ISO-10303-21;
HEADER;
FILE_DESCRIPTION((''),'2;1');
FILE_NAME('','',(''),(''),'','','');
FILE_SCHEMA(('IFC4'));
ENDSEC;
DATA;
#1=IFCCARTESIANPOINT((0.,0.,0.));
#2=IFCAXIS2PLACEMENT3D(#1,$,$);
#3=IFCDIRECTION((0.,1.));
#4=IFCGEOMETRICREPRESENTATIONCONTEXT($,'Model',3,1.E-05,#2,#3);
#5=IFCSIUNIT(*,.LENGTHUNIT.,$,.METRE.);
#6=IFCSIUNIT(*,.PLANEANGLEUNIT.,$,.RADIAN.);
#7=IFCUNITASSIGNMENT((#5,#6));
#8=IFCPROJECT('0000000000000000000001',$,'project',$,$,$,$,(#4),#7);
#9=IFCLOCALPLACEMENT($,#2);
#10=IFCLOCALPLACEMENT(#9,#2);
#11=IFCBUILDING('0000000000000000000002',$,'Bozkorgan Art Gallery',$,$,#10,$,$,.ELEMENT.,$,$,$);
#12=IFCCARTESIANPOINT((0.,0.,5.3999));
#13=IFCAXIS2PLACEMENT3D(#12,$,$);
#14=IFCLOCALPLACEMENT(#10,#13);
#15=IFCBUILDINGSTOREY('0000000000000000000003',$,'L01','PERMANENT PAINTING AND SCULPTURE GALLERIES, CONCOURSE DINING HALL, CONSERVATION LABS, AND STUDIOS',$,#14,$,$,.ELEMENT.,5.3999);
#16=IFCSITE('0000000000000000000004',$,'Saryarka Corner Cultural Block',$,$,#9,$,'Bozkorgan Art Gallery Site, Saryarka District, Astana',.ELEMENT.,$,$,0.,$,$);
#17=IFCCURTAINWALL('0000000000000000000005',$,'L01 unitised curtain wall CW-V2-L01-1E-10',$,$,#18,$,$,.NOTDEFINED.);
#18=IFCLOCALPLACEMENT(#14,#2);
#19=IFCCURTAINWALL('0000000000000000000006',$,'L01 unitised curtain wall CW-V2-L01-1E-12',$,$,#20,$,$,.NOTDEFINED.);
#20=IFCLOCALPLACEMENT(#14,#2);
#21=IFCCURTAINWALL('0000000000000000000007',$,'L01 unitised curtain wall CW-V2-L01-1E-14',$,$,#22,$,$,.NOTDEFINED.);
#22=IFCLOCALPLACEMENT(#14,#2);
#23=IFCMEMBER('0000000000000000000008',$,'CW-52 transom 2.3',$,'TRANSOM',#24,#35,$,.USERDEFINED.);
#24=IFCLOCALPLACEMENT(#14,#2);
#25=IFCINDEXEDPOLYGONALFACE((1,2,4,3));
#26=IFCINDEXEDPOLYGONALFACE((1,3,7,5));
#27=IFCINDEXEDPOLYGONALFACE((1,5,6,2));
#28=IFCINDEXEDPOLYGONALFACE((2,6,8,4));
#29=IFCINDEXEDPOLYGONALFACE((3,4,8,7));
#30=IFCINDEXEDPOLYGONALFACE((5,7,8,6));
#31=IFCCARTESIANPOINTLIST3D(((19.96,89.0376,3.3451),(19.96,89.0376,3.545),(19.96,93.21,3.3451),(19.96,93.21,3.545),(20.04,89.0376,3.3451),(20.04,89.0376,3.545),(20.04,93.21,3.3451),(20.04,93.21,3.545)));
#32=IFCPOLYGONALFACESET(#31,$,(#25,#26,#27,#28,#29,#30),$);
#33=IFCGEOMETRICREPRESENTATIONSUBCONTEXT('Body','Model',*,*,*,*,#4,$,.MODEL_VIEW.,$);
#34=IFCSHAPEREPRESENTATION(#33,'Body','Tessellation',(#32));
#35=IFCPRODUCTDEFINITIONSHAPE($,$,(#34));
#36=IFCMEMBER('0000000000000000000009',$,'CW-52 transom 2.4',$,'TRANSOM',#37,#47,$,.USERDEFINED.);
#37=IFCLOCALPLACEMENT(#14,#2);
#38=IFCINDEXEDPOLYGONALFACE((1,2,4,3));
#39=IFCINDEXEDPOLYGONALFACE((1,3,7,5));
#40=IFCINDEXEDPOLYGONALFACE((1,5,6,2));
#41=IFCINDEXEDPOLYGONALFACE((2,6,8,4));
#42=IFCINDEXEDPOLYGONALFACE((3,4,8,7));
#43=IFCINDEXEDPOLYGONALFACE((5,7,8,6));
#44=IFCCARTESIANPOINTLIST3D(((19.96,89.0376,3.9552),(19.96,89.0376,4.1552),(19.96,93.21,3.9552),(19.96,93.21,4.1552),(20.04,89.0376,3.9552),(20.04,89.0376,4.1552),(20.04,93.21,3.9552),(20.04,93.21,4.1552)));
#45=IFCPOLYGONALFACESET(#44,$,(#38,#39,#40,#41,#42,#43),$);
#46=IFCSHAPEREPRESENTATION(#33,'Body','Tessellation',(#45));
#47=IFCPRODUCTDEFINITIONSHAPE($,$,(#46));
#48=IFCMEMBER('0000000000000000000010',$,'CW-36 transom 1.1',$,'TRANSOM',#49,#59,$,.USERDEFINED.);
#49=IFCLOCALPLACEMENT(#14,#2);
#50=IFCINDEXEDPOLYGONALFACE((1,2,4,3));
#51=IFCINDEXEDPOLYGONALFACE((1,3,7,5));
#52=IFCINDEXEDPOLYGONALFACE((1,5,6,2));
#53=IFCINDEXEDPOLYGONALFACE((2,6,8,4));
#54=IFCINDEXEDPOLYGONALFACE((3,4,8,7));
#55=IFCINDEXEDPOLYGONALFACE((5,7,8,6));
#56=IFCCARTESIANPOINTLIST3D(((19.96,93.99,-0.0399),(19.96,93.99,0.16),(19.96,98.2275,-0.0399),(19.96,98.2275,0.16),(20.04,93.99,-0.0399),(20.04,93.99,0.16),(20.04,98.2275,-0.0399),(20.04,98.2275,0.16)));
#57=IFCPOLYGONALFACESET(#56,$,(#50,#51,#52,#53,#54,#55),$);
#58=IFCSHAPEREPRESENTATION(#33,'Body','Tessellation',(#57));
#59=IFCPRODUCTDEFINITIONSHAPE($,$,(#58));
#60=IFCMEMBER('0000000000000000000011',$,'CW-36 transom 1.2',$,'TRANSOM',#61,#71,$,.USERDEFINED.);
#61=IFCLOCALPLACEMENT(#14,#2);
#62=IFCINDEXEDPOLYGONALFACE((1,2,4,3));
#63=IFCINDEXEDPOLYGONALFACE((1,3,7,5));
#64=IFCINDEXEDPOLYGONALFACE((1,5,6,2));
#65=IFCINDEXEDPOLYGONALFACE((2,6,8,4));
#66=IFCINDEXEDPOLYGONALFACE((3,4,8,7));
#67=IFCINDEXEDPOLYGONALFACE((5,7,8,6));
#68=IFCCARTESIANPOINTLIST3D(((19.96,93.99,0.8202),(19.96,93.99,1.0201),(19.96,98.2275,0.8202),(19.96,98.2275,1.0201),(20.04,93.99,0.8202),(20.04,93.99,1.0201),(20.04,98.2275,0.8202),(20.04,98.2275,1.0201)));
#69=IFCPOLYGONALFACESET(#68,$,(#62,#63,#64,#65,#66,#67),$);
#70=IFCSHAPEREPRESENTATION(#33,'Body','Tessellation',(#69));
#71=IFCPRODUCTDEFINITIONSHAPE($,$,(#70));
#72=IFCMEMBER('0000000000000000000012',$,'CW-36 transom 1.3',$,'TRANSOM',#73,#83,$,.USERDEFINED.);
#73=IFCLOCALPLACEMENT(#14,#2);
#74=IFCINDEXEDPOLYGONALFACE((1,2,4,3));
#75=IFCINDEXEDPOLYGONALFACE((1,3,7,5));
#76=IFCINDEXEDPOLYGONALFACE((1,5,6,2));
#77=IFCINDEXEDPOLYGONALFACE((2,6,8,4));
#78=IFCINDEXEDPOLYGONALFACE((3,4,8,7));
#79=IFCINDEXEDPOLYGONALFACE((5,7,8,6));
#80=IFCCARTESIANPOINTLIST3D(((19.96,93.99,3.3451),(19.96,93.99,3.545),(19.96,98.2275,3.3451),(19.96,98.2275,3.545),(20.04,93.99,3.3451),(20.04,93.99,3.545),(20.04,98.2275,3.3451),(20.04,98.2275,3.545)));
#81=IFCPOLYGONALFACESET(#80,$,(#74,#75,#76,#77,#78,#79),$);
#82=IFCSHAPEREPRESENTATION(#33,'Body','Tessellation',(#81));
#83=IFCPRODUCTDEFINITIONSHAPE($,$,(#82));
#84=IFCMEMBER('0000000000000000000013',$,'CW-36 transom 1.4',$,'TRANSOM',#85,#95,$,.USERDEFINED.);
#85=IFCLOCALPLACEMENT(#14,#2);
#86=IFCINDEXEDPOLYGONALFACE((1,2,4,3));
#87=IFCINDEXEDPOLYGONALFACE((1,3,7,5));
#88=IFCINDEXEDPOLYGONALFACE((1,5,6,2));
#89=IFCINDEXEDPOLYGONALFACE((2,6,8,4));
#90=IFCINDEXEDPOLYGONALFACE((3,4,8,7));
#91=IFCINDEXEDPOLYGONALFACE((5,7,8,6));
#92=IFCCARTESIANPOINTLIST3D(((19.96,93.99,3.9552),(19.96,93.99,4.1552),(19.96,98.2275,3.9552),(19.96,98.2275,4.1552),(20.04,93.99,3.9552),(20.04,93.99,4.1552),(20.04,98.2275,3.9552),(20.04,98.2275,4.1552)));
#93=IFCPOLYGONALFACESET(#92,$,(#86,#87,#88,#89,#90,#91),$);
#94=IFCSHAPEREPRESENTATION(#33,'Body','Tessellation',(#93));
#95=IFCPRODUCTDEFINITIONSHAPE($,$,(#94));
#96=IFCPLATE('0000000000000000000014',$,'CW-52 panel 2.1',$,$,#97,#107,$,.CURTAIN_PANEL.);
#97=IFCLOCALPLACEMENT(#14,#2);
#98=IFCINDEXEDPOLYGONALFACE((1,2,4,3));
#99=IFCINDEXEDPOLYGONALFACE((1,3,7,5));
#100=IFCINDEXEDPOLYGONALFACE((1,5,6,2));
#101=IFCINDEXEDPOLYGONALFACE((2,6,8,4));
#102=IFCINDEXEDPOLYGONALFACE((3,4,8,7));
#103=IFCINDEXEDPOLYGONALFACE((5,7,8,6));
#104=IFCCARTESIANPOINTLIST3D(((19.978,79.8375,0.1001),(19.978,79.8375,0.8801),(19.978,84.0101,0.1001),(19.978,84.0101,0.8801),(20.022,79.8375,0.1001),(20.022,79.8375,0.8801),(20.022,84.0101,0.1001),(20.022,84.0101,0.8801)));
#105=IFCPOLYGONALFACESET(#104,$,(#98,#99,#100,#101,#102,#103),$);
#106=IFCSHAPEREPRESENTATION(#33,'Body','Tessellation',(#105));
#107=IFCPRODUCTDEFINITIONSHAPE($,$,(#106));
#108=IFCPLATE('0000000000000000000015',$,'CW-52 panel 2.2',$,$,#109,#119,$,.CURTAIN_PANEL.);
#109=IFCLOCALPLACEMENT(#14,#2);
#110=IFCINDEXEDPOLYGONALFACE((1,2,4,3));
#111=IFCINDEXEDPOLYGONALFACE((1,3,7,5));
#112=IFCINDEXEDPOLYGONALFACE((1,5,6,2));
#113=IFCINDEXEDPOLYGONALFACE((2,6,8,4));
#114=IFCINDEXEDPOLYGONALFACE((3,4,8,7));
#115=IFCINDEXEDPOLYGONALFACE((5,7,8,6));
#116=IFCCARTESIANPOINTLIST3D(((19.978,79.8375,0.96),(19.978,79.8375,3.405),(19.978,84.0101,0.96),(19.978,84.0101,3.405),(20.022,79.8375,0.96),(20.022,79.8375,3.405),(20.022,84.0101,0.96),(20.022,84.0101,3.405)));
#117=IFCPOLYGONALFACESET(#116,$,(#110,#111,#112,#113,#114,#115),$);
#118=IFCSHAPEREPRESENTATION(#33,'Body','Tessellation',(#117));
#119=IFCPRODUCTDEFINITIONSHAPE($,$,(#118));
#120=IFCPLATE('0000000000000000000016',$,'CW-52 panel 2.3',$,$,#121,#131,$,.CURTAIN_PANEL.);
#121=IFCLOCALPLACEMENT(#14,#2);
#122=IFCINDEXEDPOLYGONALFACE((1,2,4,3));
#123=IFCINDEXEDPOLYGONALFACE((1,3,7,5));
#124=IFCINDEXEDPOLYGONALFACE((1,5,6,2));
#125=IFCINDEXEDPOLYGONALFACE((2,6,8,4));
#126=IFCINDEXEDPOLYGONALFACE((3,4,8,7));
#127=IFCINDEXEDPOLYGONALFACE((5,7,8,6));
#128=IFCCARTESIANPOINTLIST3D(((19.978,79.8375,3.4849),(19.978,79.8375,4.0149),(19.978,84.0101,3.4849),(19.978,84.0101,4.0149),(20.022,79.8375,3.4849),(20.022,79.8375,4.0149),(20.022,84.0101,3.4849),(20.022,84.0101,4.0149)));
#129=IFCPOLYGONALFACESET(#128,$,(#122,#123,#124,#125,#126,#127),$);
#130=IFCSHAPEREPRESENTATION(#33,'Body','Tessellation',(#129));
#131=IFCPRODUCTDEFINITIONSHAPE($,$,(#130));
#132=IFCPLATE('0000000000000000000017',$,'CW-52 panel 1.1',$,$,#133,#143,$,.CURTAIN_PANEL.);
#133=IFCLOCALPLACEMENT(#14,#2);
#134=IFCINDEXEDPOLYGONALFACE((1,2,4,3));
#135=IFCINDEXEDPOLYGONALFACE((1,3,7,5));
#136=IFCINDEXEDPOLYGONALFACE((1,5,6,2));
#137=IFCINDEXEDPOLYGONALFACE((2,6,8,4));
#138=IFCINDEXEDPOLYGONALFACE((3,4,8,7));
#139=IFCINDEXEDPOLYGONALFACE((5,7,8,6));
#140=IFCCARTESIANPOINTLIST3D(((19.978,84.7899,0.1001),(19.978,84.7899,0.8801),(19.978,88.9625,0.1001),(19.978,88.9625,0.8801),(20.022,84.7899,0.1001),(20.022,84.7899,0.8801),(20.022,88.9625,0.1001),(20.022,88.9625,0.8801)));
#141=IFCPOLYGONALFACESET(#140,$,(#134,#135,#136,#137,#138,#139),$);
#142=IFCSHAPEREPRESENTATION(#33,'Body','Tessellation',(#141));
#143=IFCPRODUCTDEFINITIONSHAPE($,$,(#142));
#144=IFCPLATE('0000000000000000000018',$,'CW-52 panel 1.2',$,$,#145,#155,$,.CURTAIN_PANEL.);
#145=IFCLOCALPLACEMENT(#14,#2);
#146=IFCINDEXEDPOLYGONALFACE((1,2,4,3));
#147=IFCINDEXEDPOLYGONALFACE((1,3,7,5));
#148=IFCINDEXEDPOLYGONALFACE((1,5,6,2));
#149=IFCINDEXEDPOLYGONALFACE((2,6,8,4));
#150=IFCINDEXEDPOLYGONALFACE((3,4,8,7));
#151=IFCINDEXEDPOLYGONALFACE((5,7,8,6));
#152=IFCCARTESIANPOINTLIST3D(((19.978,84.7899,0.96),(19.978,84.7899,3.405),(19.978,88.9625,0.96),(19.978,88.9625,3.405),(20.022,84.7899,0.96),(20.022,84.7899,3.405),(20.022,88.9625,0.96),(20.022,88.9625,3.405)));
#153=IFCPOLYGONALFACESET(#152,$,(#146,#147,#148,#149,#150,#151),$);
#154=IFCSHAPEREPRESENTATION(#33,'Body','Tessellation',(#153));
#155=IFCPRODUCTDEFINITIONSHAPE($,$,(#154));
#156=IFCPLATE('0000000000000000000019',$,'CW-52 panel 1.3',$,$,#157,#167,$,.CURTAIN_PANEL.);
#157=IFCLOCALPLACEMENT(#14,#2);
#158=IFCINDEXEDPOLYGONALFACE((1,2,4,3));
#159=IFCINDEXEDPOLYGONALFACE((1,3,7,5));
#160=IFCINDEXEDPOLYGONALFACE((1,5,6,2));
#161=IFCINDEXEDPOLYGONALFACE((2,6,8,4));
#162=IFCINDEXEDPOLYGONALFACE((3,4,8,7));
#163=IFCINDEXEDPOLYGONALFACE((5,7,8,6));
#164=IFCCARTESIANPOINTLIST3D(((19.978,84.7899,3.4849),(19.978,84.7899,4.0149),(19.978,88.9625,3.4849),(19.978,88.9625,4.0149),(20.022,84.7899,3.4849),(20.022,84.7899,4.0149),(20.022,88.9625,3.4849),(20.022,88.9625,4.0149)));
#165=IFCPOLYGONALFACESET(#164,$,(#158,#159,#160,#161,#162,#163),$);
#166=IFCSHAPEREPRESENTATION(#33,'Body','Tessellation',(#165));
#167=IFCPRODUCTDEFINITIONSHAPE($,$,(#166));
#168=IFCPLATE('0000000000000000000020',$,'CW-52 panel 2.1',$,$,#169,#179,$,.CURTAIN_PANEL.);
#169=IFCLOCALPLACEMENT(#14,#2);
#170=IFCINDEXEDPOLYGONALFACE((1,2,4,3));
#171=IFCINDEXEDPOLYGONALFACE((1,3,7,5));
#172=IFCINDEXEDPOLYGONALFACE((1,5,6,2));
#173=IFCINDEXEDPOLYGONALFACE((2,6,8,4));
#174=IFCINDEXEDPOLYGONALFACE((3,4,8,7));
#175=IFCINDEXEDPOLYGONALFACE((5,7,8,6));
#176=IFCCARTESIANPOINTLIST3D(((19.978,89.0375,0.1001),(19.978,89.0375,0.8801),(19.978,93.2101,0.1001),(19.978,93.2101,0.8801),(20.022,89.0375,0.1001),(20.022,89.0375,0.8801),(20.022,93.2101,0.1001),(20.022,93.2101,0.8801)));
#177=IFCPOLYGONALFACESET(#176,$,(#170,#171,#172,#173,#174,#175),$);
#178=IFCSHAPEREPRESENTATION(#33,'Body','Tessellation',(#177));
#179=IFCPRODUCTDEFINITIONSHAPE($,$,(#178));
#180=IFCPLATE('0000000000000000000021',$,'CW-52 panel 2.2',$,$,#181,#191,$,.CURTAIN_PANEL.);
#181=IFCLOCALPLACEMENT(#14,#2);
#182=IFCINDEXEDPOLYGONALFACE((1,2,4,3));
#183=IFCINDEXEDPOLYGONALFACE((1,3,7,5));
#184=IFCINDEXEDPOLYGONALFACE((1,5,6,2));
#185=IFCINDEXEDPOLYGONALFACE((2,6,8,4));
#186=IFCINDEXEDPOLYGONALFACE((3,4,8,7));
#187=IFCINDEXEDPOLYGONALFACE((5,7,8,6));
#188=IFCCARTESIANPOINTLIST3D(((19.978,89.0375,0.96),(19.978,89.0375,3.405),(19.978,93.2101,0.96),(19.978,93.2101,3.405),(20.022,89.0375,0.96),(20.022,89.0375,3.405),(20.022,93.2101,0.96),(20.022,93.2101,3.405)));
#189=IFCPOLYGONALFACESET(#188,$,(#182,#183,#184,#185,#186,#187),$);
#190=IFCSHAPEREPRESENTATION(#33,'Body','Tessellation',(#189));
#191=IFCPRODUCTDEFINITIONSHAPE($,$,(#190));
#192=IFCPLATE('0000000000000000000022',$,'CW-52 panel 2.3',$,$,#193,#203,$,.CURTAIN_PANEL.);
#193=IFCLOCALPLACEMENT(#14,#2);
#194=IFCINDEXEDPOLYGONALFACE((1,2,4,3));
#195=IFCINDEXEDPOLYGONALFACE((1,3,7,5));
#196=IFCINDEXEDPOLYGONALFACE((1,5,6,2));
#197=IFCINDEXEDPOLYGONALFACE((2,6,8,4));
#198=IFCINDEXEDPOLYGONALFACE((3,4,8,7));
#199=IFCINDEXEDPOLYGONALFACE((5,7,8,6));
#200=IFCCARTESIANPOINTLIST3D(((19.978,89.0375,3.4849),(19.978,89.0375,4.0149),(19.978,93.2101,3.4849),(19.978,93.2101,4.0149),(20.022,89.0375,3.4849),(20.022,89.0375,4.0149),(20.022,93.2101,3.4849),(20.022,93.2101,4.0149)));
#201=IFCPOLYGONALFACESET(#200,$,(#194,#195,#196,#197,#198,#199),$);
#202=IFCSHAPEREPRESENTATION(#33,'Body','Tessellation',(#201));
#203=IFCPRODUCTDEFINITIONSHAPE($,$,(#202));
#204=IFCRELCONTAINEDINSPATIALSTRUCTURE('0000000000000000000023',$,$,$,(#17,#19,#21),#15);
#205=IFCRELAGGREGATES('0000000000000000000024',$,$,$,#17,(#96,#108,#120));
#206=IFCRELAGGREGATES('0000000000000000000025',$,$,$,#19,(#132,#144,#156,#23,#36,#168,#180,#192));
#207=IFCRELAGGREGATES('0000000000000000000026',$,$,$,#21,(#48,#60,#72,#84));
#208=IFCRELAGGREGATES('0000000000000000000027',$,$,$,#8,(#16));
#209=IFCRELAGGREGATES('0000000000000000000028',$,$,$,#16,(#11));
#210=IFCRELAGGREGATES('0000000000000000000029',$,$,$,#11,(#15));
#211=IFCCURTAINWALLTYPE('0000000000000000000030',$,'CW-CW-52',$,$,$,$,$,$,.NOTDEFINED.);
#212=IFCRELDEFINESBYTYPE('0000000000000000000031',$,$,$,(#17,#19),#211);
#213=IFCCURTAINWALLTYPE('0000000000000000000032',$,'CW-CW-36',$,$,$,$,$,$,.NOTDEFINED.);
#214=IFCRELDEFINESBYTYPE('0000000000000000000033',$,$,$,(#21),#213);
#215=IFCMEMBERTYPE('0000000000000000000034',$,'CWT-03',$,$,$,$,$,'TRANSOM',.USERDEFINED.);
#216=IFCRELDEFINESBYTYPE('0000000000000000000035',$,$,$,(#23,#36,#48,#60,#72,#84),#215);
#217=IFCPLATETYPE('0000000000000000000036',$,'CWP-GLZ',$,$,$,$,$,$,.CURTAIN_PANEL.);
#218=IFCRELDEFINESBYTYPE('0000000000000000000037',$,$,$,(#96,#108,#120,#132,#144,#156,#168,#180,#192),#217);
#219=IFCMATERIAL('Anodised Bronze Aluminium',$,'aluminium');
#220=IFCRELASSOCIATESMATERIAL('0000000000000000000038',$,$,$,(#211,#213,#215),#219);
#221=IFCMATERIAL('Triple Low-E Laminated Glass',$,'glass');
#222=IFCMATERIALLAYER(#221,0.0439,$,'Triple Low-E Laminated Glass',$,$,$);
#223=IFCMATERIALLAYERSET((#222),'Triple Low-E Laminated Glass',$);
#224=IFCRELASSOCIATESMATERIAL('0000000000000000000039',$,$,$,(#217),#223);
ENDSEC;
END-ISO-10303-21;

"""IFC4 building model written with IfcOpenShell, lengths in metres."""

from ifc_helpers import new_model, si_unit, direction, frame, origin, origin_2d, place, context, subcontext, project, spatial, rectangle, extrude, material, layer, layer_set, material_profile, profile_set, type_object, element, aggregate, save


model = new_model("IFC4")

# Units and contexts
model_context = context("Model", 3, precision=1e-05, world=origin(), true_north=direction((0.0, 1.0)))
body_context = subcontext(model_context, "Body", "Model", "MODEL_VIEW")
ifc_project = project(units=[si_unit("LENGTHUNIT", "METRE"), si_unit("PLANEANGLEUNIT", "RADIAN")], contexts=[model_context])

# Site, building, storey
site_placement = place(None, origin())
site = spatial("IfcSite", under=ifc_project, at=site_placement, Name="Saryarka Corner Cultural Block", LongName="Bozkorgan Art Gallery Site, Saryarka District, Astana", CompositionType="ELEMENT", RefElevation=0.0)
building_placement = place(site_placement, origin())
building = spatial("IfcBuilding", under=site, at=building_placement, Name="Bozkorgan Art Gallery", CompositionType="ELEMENT")
storey_placement = place(building_placement, frame((0.0, 0.0, 5.3999)))
storey = spatial("IfcBuildingStorey", under=building, at=storey_placement, Name="L01", Description="PERMANENT PAINTING AND SCULPTURE GALLERIES, CONCOURSE DINING HALL, CONSERVATION LABS, AND STUDIOS", CompositionType="ELEMENT", Elevation=5.3999)

# Curtain wall
ifc_material_1 = material(Name="Anodised Bronze Aluminium", Category="aluminium")
curtain_wall_type_1 = type_object("IfcCurtainWallType", Name="CW-CW-52", PredefinedType="NOTDEFINED", material=ifc_material_1)
curtain_wall_1_placement = place(storey_placement, origin())
curtain_wall_1 = element("IfcCurtainWall", 1, at=curtain_wall_1_placement, inside=storey, type_object=curtain_wall_type_1, Name="L01 unitised curtain wall CW-V2-L01-1E-10", PredefinedType="NOTDEFINED")

# Curtain walls
curtain_wall_2_placement = place(storey_placement, origin())
curtain_wall_2 = element("IfcCurtainWall", 2, at=curtain_wall_2_placement, inside=storey, type_object=curtain_wall_type_1, Name="L01 unitised curtain wall CW-V2-L01-1E-12", PredefinedType="NOTDEFINED")
curtain_wall_type_2 = type_object("IfcCurtainWallType", Name="CW-CW-36", PredefinedType="NOTDEFINED", material=ifc_material_1)
curtain_wall_3_placement = place(storey_placement, origin())
curtain_wall_3 = element("IfcCurtainWall", 3, at=curtain_wall_3_placement, inside=storey, type_object=curtain_wall_type_2, Name="L01 unitised curtain wall CW-V2-L01-1E-14", PredefinedType="NOTDEFINED")

# Members
ifc_material_profile_1 = material_profile(ifc_material_1, rectangle(XDim=0.0801, YDim=0.2, at=origin_2d()), Name="ALU TRANSOM 80x200")
ifc_profile_set_1 = profile_set([ifc_material_profile_1], Name="Anodised Bronze Aluminium")
member_type_1 = type_object("IfcMemberType", Name="CWT-03", ElementType="TRANSOM", PredefinedType="USERDEFINED", material=ifc_profile_set_1)
member_1_placement = place(storey_placement, frame((20.0, 89.0376, 3.4451), z_axis=(0.0, 1.0, 0.0), x_axis=(-1.0, 0.0, 0.0)))
member_1 = element("IfcMember", 4, at=member_1_placement, type_object=member_type_1, Name="CW-52 transom 2.3", ObjectType="TRANSOM", PredefinedType="USERDEFINED", context=body_context, shape_type="SweptSolid", body=[
    extrude(rectangle(XDim=0.0801, YDim=0.2, at=origin_2d()), origin(), (0.0, 0.0, 1.0), 4.1724),
])
member_2_placement = place(storey_placement, frame((20.0, 89.0376, 4.0552), z_axis=(0.0, 1.0, 0.0), x_axis=(-1.0, 0.0, 0.0)))
member_2 = element("IfcMember", 5, at=member_2_placement, type_object=member_type_1, Name="CW-52 transom 2.4", ObjectType="TRANSOM", PredefinedType="USERDEFINED", context=body_context, shape_type="SweptSolid", body=[
    extrude(rectangle(XDim=0.0801, YDim=0.2, at=origin_2d()), origin(), (0.0, 0.0, 1.0), 4.1724),
])
member_3_placement = place(storey_placement, frame((20.0, 93.99, 0.0601), z_axis=(0.0, 1.0, 0.0), x_axis=(-1.0, 0.0, 0.0)))
member_3 = element("IfcMember", 6, at=member_3_placement, type_object=member_type_1, Name="CW-36 transom 1.1", ObjectType="TRANSOM", PredefinedType="USERDEFINED", context=body_context, shape_type="SweptSolid", body=[
    extrude(rectangle(XDim=0.0801, YDim=0.2, at=origin_2d()), origin(), (0.0, 0.0, 1.0), 4.2375),
])
member_4_placement = place(storey_placement, frame((20.0, 93.99, 0.9202), z_axis=(0.0, 1.0, 0.0), x_axis=(-1.0, 0.0, 0.0)))
member_4 = element("IfcMember", 7, at=member_4_placement, type_object=member_type_1, Name="CW-36 transom 1.2", ObjectType="TRANSOM", PredefinedType="USERDEFINED", context=body_context, shape_type="SweptSolid", body=[
    extrude(rectangle(XDim=0.0801, YDim=0.2, at=origin_2d()), origin(), (0.0, 0.0, 1.0), 4.2375),
])
member_5_placement = place(storey_placement, frame((20.0, 93.99, 3.4451), z_axis=(0.0, 1.0, 0.0), x_axis=(-1.0, 0.0, 0.0)))
member_5 = element("IfcMember", 8, at=member_5_placement, type_object=member_type_1, Name="CW-36 transom 1.3", ObjectType="TRANSOM", PredefinedType="USERDEFINED", context=body_context, shape_type="SweptSolid", body=[
    extrude(rectangle(XDim=0.0801, YDim=0.2, at=origin_2d()), origin(), (0.0, 0.0, 1.0), 4.2375),
])
member_6_placement = place(storey_placement, frame((20.0, 93.99, 4.0552), z_axis=(0.0, 1.0, 0.0), x_axis=(-1.0, 0.0, 0.0)))
member_6 = element("IfcMember", 9, at=member_6_placement, type_object=member_type_1, Name="CW-36 transom 1.4", ObjectType="TRANSOM", PredefinedType="USERDEFINED", context=body_context, shape_type="SweptSolid", body=[
    extrude(rectangle(XDim=0.0801, YDim=0.2, at=origin_2d()), origin(), (0.0, 0.0, 1.0), 4.2375),
])

# Plates
ifc_material_2 = material(Name="Triple Low-E Laminated Glass", Category="glass")
ifc_layer_1 = layer(ifc_material_2, 0.0439, Name="Triple Low-E Laminated Glass")
ifc_layer_set_1 = layer_set([ifc_layer_1], Name="Triple Low-E Laminated Glass")
plate_type_1 = type_object("IfcPlateType", Name="CWP-GLZ", PredefinedType="CURTAIN_PANEL", material=ifc_layer_set_1)
plate_1_placement = place(storey_placement, frame((20.0, 81.9238, 0.1001), z_axis=(0.0, 0.0, 1.0), x_axis=(0.0, 1.0, 0.0)))
plate_1 = element("IfcPlate", 10, at=plate_1_placement, type_object=plate_type_1, Name="CW-52 panel 2.1", PredefinedType="CURTAIN_PANEL", context=body_context, shape_type="SweptSolid", body=[
    extrude(rectangle(XDim=4.1726, YDim=0.0439, at=origin_2d()), origin(), (0.0, 0.0, 1.0), 0.78),
])
plate_2_placement = place(storey_placement, frame((20.0, 81.9238, 0.96), z_axis=(0.0, 0.0, 1.0), x_axis=(0.0, 1.0, 0.0)))
plate_2 = element("IfcPlate", 11, at=plate_2_placement, type_object=plate_type_1, Name="CW-52 panel 2.2", PredefinedType="CURTAIN_PANEL", context=body_context, shape_type="SweptSolid", body=[
    extrude(rectangle(XDim=4.1726, YDim=0.0439, at=origin_2d()), origin(), (0.0, 0.0, 1.0), 2.4451),
])
plate_3_placement = place(storey_placement, frame((20.0, 81.9238, 3.4849), z_axis=(0.0, 0.0, 1.0), x_axis=(0.0, 1.0, 0.0)))
plate_3 = element("IfcPlate", 12, at=plate_3_placement, type_object=plate_type_1, Name="CW-52 panel 2.3", PredefinedType="CURTAIN_PANEL", context=body_context, shape_type="SweptSolid", body=[
    extrude(rectangle(XDim=4.1726, YDim=0.0439, at=origin_2d()), origin(), (0.0, 0.0, 1.0), 0.53),
])
aggregate(curtain_wall_1, [plate_1, plate_2, plate_3])
plate_4_placement = place(storey_placement, frame((20.0, 86.8762, 0.1001), z_axis=(0.0, 0.0, 1.0), x_axis=(0.0, 1.0, 0.0)))
plate_4 = element("IfcPlate", 13, at=plate_4_placement, type_object=plate_type_1, Name="CW-52 panel 1.1", PredefinedType="CURTAIN_PANEL", context=body_context, shape_type="SweptSolid", body=[
    extrude(rectangle(XDim=4.1726, YDim=0.0439, at=origin_2d()), origin(), (0.0, 0.0, 1.0), 0.78),
])
plate_5_placement = place(storey_placement, frame((20.0, 86.8762, 0.96), z_axis=(0.0, 0.0, 1.0), x_axis=(0.0, 1.0, 0.0)))
plate_5 = element("IfcPlate", 14, at=plate_5_placement, type_object=plate_type_1, Name="CW-52 panel 1.2", PredefinedType="CURTAIN_PANEL", context=body_context, shape_type="SweptSolid", body=[
    extrude(rectangle(XDim=4.1726, YDim=0.0439, at=origin_2d()), origin(), (0.0, 0.0, 1.0), 2.4451),
])
plate_6_placement = place(storey_placement, frame((20.0, 86.8762, 3.4849), z_axis=(0.0, 0.0, 1.0), x_axis=(0.0, 1.0, 0.0)))
plate_6 = element("IfcPlate", 15, at=plate_6_placement, type_object=plate_type_1, Name="CW-52 panel 1.3", PredefinedType="CURTAIN_PANEL", context=body_context, shape_type="SweptSolid", body=[
    extrude(rectangle(XDim=4.1726, YDim=0.0439, at=origin_2d()), origin(), (0.0, 0.0, 1.0), 0.53),
])
plate_7_placement = place(storey_placement, frame((20.0, 91.1238, 0.1001), z_axis=(0.0, 0.0, 1.0), x_axis=(0.0, 1.0, 0.0)))
plate_7 = element("IfcPlate", 16, at=plate_7_placement, type_object=plate_type_1, Name="CW-52 panel 2.1", PredefinedType="CURTAIN_PANEL", context=body_context, shape_type="SweptSolid", body=[
    extrude(rectangle(XDim=4.1726, YDim=0.0439, at=origin_2d()), origin(), (0.0, 0.0, 1.0), 0.78),
])
plate_8_placement = place(storey_placement, frame((20.0, 91.1238, 0.96), z_axis=(0.0, 0.0, 1.0), x_axis=(0.0, 1.0, 0.0)))
plate_8 = element("IfcPlate", 17, at=plate_8_placement, type_object=plate_type_1, Name="CW-52 panel 2.2", PredefinedType="CURTAIN_PANEL", context=body_context, shape_type="SweptSolid", body=[
    extrude(rectangle(XDim=4.1726, YDim=0.0439, at=origin_2d()), origin(), (0.0, 0.0, 1.0), 2.4451),
])
plate_9_placement = place(storey_placement, frame((20.0, 91.1238, 3.4849), z_axis=(0.0, 0.0, 1.0), x_axis=(0.0, 1.0, 0.0)))
plate_9 = element("IfcPlate", 18, at=plate_9_placement, type_object=plate_type_1, Name="CW-52 panel 2.3", PredefinedType="CURTAIN_PANEL", context=body_context, shape_type="SweptSolid", body=[
    extrude(rectangle(XDim=4.1726, YDim=0.0439, at=origin_2d()), origin(), (0.0, 0.0, 1.0), 0.53),
])
aggregate(curtain_wall_2, [plate_4, plate_5, plate_6, member_1, member_2, plate_7, plate_8, plate_9])
aggregate(curtain_wall_3, [member_3, member_4, member_5, member_6])

save(model, "model.ifc")
